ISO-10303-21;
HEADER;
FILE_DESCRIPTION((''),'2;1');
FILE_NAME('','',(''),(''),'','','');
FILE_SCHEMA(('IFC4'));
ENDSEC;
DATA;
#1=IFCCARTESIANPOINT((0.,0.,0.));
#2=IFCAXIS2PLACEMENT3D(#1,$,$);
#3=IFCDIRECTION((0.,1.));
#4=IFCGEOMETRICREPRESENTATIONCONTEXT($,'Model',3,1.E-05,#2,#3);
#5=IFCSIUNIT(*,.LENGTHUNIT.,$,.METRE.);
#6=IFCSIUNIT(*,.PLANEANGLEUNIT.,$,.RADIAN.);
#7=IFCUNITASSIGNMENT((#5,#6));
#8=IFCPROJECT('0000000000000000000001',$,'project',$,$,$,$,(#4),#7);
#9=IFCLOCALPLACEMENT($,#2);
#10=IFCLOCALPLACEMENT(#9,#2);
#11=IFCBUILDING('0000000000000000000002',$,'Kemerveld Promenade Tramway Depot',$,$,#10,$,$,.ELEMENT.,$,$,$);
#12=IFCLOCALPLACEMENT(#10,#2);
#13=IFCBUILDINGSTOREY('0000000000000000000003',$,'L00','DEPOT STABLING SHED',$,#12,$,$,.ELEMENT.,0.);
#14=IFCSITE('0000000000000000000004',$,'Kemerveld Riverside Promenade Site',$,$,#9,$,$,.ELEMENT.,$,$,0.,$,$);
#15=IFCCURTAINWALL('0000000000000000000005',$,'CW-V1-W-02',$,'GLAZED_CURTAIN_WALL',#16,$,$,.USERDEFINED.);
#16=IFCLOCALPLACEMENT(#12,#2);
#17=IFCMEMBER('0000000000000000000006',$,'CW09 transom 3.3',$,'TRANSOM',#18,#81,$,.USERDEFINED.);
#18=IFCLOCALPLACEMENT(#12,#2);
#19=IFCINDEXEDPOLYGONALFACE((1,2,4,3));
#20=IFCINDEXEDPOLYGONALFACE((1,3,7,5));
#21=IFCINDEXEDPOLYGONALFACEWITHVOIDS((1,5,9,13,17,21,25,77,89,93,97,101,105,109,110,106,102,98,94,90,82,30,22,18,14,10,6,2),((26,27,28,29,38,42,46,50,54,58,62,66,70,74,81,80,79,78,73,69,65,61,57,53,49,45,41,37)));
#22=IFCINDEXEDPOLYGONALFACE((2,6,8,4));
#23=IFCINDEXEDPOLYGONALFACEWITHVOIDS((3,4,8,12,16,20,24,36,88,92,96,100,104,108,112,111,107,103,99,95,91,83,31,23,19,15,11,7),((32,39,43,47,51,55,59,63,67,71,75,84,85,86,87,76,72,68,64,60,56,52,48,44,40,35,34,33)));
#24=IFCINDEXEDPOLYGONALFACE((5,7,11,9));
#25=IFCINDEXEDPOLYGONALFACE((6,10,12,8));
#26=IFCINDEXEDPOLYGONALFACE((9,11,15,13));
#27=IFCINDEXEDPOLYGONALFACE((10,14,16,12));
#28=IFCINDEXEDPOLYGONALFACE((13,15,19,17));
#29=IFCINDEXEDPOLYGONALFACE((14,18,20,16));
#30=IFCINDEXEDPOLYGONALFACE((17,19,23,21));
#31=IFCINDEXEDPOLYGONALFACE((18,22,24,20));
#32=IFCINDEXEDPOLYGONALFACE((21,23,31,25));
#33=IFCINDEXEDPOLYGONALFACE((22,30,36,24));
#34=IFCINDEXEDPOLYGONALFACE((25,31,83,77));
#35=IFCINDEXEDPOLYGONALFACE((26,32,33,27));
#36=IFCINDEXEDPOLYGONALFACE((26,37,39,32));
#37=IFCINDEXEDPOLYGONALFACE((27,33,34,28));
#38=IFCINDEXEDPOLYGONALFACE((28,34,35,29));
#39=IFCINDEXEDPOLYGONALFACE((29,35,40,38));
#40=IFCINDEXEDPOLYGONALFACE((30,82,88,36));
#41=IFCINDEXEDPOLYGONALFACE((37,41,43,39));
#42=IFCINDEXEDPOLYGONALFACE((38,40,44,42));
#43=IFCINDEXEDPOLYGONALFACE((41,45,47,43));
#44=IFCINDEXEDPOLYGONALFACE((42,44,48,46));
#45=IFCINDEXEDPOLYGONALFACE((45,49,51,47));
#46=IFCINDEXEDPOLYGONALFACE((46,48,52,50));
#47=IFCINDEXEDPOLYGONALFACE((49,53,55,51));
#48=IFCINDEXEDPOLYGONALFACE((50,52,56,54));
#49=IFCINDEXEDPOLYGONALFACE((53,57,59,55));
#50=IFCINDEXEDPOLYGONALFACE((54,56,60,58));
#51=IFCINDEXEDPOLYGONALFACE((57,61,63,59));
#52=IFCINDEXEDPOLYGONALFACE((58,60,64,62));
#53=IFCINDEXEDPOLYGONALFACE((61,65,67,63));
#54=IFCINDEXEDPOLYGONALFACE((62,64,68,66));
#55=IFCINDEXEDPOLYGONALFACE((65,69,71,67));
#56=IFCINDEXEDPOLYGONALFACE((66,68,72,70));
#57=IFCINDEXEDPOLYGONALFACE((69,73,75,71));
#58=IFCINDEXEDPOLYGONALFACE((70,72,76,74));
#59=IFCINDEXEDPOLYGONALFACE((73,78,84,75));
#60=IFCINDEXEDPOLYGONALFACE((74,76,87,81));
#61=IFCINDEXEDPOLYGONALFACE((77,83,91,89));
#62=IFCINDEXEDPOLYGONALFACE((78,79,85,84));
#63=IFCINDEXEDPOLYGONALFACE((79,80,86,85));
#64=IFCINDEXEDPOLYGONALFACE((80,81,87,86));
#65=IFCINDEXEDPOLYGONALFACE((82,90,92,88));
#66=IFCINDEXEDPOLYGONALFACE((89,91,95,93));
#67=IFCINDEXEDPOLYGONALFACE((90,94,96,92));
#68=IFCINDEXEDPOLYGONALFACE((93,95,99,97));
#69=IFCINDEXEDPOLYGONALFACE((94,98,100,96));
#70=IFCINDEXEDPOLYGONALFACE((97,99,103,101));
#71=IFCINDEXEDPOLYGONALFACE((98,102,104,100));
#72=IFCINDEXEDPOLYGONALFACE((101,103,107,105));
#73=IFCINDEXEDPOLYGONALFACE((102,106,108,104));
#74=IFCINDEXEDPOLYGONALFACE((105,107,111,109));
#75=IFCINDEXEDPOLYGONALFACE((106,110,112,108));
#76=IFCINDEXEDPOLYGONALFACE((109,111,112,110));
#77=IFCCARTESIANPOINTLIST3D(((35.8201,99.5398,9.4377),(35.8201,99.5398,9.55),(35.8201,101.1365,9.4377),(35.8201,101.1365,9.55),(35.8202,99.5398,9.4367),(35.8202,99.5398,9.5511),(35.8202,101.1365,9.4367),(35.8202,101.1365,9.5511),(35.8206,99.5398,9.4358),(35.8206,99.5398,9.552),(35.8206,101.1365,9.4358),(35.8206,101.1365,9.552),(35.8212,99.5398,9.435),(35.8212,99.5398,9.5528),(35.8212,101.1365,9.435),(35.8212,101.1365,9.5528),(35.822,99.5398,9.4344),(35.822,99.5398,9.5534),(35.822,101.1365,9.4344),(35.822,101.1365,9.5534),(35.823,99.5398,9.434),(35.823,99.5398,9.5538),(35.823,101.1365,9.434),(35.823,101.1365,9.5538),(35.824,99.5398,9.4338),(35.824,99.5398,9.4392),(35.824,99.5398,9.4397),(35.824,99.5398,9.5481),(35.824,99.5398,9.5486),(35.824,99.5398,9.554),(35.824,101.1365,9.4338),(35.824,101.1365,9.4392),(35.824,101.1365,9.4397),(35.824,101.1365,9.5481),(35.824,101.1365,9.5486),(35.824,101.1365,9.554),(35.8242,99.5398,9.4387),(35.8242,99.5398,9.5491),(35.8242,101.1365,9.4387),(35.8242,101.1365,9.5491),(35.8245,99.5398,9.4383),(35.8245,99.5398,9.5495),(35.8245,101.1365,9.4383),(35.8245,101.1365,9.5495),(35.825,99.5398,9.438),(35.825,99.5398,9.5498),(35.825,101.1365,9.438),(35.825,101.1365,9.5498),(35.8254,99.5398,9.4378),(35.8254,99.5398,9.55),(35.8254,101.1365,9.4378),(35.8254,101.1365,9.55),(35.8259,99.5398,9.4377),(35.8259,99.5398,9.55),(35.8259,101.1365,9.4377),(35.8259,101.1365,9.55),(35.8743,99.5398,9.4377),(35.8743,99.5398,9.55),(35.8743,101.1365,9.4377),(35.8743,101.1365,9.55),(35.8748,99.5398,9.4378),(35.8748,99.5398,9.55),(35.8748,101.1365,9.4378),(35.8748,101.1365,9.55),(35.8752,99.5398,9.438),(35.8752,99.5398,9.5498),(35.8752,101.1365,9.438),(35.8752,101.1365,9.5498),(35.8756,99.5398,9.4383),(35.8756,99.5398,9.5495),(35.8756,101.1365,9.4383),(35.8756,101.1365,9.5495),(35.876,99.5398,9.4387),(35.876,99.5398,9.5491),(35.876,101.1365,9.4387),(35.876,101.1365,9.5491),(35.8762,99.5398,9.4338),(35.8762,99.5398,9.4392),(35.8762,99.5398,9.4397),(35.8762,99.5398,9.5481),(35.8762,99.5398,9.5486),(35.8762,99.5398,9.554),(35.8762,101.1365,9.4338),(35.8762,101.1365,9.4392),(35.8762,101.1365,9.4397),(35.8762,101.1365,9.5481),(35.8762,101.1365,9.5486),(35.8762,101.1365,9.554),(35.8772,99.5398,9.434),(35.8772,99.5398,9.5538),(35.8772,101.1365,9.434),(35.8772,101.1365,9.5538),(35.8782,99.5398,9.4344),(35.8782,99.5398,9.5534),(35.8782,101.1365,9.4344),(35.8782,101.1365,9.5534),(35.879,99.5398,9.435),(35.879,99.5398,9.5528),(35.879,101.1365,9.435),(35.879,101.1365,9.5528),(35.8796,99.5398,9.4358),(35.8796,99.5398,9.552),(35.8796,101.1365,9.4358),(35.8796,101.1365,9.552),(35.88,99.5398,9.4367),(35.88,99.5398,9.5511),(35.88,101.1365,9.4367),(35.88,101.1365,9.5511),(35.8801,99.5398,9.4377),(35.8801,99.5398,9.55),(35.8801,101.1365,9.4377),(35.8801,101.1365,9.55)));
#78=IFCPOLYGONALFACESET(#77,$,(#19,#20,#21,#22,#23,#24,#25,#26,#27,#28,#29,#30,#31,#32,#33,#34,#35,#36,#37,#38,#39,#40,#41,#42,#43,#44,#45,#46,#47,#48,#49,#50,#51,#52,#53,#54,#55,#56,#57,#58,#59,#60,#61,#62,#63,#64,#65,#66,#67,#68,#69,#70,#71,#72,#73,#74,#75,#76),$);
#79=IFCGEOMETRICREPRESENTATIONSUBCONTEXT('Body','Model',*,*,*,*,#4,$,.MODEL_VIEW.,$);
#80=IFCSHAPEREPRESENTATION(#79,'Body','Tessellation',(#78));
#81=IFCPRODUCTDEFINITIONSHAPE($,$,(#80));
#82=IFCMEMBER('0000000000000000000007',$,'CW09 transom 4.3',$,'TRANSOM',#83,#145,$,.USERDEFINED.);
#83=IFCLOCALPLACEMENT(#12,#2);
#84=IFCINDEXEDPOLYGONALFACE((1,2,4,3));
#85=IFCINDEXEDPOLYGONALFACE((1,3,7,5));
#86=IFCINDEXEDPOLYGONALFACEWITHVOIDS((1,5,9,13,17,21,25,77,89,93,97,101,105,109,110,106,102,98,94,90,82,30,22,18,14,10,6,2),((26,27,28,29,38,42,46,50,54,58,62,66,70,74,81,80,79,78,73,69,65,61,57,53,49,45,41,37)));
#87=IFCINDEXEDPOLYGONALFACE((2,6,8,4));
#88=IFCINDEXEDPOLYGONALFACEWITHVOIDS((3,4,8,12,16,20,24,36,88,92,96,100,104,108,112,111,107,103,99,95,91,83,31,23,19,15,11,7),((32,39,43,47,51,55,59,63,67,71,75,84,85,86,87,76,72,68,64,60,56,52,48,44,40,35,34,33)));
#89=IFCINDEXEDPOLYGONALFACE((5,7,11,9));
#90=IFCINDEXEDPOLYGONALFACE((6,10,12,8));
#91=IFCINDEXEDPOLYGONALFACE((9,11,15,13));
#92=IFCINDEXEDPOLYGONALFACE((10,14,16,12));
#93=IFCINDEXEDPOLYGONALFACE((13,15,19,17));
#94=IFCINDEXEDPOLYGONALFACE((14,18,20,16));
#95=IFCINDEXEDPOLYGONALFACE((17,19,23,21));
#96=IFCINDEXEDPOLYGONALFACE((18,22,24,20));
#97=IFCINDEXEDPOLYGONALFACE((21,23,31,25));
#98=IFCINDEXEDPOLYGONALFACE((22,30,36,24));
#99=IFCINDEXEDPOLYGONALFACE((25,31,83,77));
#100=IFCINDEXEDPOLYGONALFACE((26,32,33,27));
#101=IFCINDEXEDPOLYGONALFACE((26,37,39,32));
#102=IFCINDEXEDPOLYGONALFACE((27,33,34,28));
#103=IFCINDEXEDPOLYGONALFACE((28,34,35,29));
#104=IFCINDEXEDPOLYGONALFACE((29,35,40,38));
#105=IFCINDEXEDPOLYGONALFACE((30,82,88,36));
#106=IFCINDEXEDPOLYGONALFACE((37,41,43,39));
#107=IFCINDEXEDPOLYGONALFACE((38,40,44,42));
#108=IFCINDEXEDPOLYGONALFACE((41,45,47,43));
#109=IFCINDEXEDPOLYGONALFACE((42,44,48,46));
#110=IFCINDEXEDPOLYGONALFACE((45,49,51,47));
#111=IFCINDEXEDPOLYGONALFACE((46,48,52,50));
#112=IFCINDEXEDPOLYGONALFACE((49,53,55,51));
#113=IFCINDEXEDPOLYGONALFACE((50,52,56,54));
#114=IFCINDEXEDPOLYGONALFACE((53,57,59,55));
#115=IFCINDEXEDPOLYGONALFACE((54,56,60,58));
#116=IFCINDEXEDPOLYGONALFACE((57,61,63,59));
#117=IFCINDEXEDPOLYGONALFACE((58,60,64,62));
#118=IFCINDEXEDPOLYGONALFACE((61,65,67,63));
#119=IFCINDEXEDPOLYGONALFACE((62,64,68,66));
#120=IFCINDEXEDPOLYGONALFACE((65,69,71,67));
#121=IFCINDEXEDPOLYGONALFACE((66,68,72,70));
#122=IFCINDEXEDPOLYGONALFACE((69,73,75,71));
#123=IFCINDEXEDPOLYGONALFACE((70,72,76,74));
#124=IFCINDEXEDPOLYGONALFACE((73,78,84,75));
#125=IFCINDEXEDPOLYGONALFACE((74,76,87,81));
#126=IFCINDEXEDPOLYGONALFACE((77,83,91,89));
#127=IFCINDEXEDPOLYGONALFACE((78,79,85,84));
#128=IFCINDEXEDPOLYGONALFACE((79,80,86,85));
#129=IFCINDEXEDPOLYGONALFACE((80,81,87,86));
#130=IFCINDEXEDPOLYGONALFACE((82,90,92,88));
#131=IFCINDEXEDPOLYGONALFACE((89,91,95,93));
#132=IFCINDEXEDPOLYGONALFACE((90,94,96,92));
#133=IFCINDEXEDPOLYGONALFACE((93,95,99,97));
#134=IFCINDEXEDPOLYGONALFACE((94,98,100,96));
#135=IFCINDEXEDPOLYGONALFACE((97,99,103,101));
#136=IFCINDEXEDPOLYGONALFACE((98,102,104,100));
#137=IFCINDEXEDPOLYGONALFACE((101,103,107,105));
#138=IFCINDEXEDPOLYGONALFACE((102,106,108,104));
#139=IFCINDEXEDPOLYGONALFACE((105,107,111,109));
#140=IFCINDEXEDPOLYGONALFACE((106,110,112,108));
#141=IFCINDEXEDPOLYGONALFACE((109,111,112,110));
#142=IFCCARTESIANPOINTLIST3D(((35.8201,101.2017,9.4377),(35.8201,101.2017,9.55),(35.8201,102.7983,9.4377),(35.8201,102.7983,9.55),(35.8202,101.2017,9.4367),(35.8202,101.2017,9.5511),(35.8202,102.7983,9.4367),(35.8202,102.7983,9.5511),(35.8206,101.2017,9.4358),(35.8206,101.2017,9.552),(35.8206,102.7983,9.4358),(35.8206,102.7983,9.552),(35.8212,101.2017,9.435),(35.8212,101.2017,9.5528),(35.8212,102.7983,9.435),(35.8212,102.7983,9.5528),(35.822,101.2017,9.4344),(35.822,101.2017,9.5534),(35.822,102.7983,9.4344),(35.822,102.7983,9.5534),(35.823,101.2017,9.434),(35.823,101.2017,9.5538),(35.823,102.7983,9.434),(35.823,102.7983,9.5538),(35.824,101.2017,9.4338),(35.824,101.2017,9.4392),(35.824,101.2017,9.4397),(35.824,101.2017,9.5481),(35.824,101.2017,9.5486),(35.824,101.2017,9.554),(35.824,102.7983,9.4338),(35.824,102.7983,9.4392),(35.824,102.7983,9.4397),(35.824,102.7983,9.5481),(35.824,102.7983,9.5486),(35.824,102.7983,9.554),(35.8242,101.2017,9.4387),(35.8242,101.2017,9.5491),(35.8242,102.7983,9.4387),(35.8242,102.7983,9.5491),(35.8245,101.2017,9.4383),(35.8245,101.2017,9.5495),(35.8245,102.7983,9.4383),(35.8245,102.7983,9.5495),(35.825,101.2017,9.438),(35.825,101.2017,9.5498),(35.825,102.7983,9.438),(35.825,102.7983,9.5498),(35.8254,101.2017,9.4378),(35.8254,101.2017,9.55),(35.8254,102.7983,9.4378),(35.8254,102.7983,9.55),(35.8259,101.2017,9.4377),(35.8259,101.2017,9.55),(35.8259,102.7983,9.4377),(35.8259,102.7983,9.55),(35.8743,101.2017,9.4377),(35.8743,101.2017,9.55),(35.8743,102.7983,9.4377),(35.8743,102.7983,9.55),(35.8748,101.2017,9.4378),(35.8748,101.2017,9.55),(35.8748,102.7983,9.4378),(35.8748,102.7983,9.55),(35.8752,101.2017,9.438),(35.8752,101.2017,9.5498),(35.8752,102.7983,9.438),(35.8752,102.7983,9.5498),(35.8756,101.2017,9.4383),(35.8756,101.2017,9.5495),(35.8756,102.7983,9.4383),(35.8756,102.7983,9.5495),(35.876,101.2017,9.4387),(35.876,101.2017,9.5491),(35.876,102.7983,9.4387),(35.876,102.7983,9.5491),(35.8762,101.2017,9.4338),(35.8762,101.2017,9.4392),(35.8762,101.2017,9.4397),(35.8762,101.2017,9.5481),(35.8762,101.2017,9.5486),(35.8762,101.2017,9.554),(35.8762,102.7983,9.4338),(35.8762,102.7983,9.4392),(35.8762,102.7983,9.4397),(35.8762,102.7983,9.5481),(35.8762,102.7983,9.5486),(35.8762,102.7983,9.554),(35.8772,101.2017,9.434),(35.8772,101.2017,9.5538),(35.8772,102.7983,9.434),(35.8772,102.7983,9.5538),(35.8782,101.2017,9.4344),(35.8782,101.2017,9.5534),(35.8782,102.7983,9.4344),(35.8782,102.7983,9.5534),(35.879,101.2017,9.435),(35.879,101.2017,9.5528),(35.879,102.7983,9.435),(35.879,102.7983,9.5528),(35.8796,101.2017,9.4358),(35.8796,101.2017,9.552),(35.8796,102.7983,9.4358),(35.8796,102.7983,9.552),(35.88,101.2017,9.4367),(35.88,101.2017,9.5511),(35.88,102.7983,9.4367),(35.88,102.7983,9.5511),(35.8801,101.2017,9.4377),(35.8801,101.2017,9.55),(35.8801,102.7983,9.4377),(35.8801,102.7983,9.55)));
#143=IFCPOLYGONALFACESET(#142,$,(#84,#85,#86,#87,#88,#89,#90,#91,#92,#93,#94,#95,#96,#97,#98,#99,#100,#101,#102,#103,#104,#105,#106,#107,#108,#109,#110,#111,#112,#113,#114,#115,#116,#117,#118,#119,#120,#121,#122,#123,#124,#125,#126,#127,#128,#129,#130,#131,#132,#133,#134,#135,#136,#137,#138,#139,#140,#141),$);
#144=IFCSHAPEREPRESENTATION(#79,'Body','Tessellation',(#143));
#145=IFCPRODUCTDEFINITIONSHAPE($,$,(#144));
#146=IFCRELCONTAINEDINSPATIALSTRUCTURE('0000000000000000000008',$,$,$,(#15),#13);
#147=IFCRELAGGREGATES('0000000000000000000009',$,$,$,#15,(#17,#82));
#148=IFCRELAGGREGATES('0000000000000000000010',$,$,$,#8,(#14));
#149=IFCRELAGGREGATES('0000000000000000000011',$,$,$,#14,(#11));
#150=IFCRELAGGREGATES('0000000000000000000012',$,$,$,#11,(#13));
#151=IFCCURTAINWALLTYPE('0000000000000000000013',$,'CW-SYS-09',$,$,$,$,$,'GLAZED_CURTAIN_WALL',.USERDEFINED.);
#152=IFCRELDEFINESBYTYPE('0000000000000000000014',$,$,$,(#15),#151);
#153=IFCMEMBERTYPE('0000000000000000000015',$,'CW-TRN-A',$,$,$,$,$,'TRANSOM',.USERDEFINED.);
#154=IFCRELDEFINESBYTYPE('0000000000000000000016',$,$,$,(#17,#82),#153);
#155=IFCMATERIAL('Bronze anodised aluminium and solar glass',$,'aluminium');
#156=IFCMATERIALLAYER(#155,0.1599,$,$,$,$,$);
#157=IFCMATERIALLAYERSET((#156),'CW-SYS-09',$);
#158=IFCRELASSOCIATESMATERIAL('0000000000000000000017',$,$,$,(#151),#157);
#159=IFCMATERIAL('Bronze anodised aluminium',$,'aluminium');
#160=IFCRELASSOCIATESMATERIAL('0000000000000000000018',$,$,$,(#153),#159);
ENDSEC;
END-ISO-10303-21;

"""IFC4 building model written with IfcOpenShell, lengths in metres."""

from ifc_helpers import new_model, si_unit, direction, frame, origin, origin_2d, place, context, subcontext, project, spatial, hollow_rectangle, extrude, material, layer, layer_set, material_profile, profile_set, type_object, element, aggregate, save


model = new_model("IFC4")

# Units and contexts
model_context = context("Model", 3, precision=1e-05, world=origin(), true_north=direction((0.0, 1.0)))
body_context = subcontext(model_context, "Body", "Model", "MODEL_VIEW")
ifc_project = project(units=[si_unit("LENGTHUNIT", "METRE"), si_unit("PLANEANGLEUNIT", "RADIAN")], contexts=[model_context])

# Site, building, storey
site_placement = place(None, origin())
site = spatial("IfcSite", under=ifc_project, at=site_placement, Name="Kemerveld Riverside Promenade Site", CompositionType="ELEMENT", RefElevation=0.0)
building_placement = place(site_placement, origin())
building = spatial("IfcBuilding", under=site, at=building_placement, Name="Kemerveld Promenade Tramway Depot", CompositionType="ELEMENT")
storey_placement = place(building_placement, origin())
storey = spatial("IfcBuildingStorey", under=building, at=storey_placement, Name="L00", Description="DEPOT STABLING SHED", CompositionType="ELEMENT", Elevation=0.0)

# Curtain wall, members
ifc_material_1 = material(Name="Bronze anodised aluminium and solar glass", Category="aluminium")
ifc_layer_1 = layer(ifc_material_1, 0.1599)
ifc_layer_set_1 = layer_set([ifc_layer_1], Name="CW-SYS-09")
curtain_wall_type_1 = type_object("IfcCurtainWallType", Name="CW-SYS-09", ElementType="GLAZED_CURTAIN_WALL", PredefinedType="USERDEFINED", material=ifc_layer_set_1)
curtain_wall_1_placement = place(storey_placement, origin())
curtain_wall_1 = element("IfcCurtainWall", 1, at=curtain_wall_1_placement, inside=storey, type_object=curtain_wall_type_1, Name="CW-V1-W-02", ObjectType="GLAZED_CURTAIN_WALL", PredefinedType="USERDEFINED")
ifc_material_2 = material(Name="Bronze anodised aluminium", Category="aluminium")
ifc_material_profile_1 = material_profile(ifc_material_2, hollow_rectangle(XDim=0.0601, YDim=0.1201, WallThickness=0.0039, InnerFilletRadius=0.002, OuterFilletRadius=0.0039, at=origin_2d()), Name="CW-TRN-120x60")
ifc_profile_set_1 = profile_set([ifc_material_profile_1], Name="Bronze anodised aluminium")
member_type_1 = type_object("IfcMemberType", Name="CW-TRN-A", ElementType="TRANSOM", PredefinedType="USERDEFINED", material=ifc_profile_set_1)
member_1_placement = place(storey_placement, frame((35.8501, 99.5398, 9.4939), z_axis=(0.0, 1.0, 0.0), x_axis=(-1.0, 0.0, 0.0)))
member_1 = element("IfcMember", 2, at=member_1_placement, type_object=member_type_1, Name="CW09 transom 3.3", ObjectType="TRANSOM", PredefinedType="USERDEFINED", context=body_context, shape_type="SweptSolid", body=[
    extrude(hollow_rectangle(XDim=0.0601, YDim=0.1201, WallThickness=0.0039, InnerFilletRadius=0.002, OuterFilletRadius=0.0039, at=origin_2d()), origin(), (0.0, 0.0, 1.0), 1.5967),
])
member_2_placement = place(storey_placement, frame((35.8501, 101.2017, 9.4939), z_axis=(0.0, 1.0, 0.0), x_axis=(-1.0, 0.0, 0.0)))
member_2 = element("IfcMember", 3, at=member_2_placement, type_object=member_type_1, Name="CW09 transom 4.3", ObjectType="TRANSOM", PredefinedType="USERDEFINED", context=body_context, shape_type="SweptSolid", body=[
    extrude(hollow_rectangle(XDim=0.0601, YDim=0.1201, WallThickness=0.0039, InnerFilletRadius=0.002, OuterFilletRadius=0.0039, at=origin_2d()), origin(), (0.0, 0.0, 1.0), 1.5967),
])

aggregate(curtain_wall_1, [member_1, member_2])

save(model, "model.ifc")
